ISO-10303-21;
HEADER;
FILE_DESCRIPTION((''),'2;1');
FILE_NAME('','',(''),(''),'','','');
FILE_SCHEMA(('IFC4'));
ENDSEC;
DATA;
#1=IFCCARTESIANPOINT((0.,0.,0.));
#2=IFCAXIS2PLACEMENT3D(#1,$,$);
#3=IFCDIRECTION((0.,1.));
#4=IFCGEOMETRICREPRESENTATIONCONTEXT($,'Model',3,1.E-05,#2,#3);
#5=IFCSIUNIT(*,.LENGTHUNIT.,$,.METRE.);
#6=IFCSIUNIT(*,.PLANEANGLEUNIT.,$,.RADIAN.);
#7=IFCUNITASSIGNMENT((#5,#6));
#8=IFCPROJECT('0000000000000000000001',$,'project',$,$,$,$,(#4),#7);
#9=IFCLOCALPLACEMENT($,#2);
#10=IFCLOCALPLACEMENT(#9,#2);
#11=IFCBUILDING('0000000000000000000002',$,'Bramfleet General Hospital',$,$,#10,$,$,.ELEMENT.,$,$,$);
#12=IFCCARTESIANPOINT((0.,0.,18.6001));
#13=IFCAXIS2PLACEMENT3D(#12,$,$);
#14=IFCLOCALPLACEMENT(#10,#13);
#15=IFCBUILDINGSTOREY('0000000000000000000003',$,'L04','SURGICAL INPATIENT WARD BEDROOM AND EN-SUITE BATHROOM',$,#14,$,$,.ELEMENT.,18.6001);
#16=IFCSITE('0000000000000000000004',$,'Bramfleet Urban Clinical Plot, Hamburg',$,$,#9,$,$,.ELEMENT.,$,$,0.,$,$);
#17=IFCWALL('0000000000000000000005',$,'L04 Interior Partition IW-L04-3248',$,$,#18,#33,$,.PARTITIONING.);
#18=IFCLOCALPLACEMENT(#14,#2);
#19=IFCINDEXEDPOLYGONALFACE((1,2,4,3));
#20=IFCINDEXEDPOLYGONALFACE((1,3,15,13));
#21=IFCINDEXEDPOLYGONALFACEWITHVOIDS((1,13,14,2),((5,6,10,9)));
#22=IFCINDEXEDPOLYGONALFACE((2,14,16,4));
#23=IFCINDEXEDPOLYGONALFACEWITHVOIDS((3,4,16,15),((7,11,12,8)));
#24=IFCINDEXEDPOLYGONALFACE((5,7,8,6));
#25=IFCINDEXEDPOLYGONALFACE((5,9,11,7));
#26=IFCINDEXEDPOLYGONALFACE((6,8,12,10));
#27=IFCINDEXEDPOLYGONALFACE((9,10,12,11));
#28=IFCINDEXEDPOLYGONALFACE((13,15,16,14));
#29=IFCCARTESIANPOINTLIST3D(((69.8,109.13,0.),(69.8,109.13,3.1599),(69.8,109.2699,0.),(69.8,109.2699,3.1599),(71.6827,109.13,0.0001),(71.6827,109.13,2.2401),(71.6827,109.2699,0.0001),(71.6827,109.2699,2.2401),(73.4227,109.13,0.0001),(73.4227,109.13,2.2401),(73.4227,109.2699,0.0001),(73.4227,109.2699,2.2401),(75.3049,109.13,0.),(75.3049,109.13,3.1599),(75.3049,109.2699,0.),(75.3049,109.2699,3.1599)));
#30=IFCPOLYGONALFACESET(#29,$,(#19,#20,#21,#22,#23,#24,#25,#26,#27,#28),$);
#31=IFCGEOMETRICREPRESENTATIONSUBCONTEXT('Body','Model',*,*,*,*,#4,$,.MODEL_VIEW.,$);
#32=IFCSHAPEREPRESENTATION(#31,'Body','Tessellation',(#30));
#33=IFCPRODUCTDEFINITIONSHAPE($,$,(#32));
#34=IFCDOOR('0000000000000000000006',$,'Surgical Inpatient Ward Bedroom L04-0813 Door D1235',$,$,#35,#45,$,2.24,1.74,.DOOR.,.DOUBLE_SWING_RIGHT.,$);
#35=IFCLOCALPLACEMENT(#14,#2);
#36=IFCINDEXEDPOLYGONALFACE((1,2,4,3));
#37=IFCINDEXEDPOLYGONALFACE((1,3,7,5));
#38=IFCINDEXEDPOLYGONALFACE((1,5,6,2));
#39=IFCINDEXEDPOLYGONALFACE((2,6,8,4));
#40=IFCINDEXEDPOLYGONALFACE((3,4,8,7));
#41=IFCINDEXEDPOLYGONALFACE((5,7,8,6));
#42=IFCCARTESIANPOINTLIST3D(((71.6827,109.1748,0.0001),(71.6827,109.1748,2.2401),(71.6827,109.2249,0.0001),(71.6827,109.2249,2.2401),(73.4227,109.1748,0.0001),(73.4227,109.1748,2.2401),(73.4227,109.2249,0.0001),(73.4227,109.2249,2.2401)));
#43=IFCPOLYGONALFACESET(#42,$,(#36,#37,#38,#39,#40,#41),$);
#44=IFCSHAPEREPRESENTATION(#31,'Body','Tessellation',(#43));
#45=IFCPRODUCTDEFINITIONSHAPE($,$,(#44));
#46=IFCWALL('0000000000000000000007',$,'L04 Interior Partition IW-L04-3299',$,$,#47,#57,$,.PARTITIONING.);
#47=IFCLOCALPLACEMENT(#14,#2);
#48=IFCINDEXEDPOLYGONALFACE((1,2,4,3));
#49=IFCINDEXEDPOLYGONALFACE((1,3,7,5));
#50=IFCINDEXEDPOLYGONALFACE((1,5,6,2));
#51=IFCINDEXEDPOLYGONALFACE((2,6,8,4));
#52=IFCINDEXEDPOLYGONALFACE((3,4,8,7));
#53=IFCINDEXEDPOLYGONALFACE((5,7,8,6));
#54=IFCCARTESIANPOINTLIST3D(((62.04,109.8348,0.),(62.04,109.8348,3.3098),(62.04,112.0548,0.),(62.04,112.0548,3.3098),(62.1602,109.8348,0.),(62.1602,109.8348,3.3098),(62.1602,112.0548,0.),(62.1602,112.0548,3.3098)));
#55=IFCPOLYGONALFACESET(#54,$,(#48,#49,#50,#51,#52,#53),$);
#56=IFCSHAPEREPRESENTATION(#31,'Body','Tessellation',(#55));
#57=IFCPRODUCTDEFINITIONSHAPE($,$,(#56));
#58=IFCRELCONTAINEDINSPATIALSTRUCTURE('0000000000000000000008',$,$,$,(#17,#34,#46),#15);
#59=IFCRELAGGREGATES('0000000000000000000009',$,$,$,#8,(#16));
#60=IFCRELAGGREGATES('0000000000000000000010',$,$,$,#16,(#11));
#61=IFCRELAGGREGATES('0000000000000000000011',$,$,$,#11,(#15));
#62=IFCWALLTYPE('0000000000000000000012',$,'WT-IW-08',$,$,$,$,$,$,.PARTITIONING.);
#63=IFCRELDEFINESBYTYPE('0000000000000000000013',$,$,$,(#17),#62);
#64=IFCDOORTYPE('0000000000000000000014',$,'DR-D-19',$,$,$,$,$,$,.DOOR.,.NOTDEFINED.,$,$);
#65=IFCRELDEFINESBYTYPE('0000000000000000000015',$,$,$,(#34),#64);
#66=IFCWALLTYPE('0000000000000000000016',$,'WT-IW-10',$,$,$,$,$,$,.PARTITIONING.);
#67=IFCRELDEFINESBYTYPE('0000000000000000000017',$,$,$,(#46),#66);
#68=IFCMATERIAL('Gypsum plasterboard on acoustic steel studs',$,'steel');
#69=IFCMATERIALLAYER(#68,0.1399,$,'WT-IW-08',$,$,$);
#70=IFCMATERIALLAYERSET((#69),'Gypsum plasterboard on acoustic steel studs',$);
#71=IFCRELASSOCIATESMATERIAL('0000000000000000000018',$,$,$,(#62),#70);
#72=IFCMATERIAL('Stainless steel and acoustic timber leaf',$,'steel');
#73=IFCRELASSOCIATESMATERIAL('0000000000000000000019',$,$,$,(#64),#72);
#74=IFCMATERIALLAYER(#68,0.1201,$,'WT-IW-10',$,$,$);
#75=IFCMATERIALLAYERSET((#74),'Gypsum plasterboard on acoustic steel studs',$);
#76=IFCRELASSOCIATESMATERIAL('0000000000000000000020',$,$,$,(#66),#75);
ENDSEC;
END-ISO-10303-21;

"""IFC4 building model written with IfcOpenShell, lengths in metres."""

from ifc_helpers import new_model, si_unit, direction, frame, frame_2d, origin, place, context, subcontext, project, spatial, rectangle, extrude, material, layer, layer_set, type_object, element, fill, save


model = new_model("IFC4")

# Units and contexts
model_context = context("Model", 3, precision=1e-05, world=origin(), true_north=direction((0.0, 1.0)))
body_context = subcontext(model_context, "Body", "Model", "MODEL_VIEW")
ifc_project = project(units=[si_unit("LENGTHUNIT", "METRE"), si_unit("PLANEANGLEUNIT", "RADIAN")], contexts=[model_context])

# Site, building, storey
site_placement = place(None, origin())
site = spatial("IfcSite", under=ifc_project, at=site_placement, Name="Bramfleet Urban Clinical Plot, Hamburg", CompositionType="ELEMENT", RefElevation=0.0)
building_placement = place(site_placement, origin())
building = spatial("IfcBuilding", under=site, at=building_placement, Name="Bramfleet General Hospital", CompositionType="ELEMENT")
storey_placement = place(building_placement, frame((0.0, 0.0, 18.6001)))
storey = spatial("IfcBuildingStorey", under=building, at=storey_placement, Name="L04", Description="SURGICAL INPATIENT WARD BEDROOM AND EN-SUITE BATHROOM", CompositionType="ELEMENT", Elevation=18.6001)

# Shared definitions
ifc_material_1 = material(Name="Gypsum plasterboard on acoustic steel studs", Category="steel")

# Wall, opening, door
ifc_layer_1 = layer(ifc_material_1, 0.1399, Name="WT-IW-08")
ifc_layer_set_1 = layer_set([ifc_layer_1], Name="Gypsum plasterboard on acoustic steel studs")
wall_type_1 = type_object("IfcWallType", Name="WT-IW-08", PredefinedType="PARTITIONING", material=ifc_layer_set_1)
wall_1_placement = place(storey_placement, frame((69.8, 109.2, 0.0), z_axis=(0.0, 0.0, 1.0), x_axis=(1.0, 0.0, 0.0)))
wall_1 = element("IfcWall", 1, at=wall_1_placement, inside=storey, type_object=wall_type_1, Name="L04 Interior Partition IW-L04-3248", PredefinedType="PARTITIONING", context=body_context, shape_type="SweptSolid", body=[
    extrude(rectangle(XDim=5.5049, YDim=0.1399, at=frame_2d((2.7524, 0.0))), origin(), (0.0, 0.0, 1.0), 3.1599),
])
opening_1_placement = place(wall_1_placement, frame((1.8826, 0.0, 0.0)))
opening_1 = element("IfcOpeningElement", 2, at=opening_1_placement, cuts=wall_1, PredefinedType="OPENING", context=body_context, shape_type="SweptSolid", body=[
    extrude(rectangle(XDim=1.74, YDim=2.24, at=frame_2d((0.8701, 1.1201))), frame((0.0, 0.0798, 0.0), z_axis=(0.0, -1.0, 0.0), x_axis=(1.0, 0.0, 0.0)), (0.0, 0.0, 1.0), 0.1599),
])
ifc_material_2 = material(Name="Stainless steel and acoustic timber leaf", Category="steel")
door_type = type_object("IfcDoorType", Name="DR-D-19", OperationType="NOTDEFINED", PredefinedType="DOOR", material=ifc_material_2)
door_placement = place(opening_1_placement, origin())
door = element("IfcDoor", 3, at=door_placement, inside=storey, type_object=door_type, Name="Surgical Inpatient Ward Bedroom L04-0813 Door D1235", OperationType="DOUBLE_SWING_RIGHT", OverallHeight=2.24, OverallWidth=1.74, PredefinedType="DOOR", context=body_context, shape_type="SweptSolid", body=[
    extrude(rectangle(XDim=1.74, YDim=2.24, at=frame_2d((0.8701, 1.1201))), frame((0.0, 0.0249, 0.0), z_axis=(0.0, -1.0, 0.0), x_axis=(1.0, 0.0, 0.0)), (0.0, 0.0, 1.0), 0.05),
])
fill(opening_1, door)

# Wall
ifc_layer_2 = layer(ifc_material_1, 0.1201, Name="WT-IW-10")
ifc_layer_set_2 = layer_set([ifc_layer_2], Name="Gypsum plasterboard on acoustic steel studs")
wall_type_2 = type_object("IfcWallType", Name="WT-IW-10", PredefinedType="PARTITIONING", material=ifc_layer_set_2)
wall_2_placement = place(storey_placement, frame((62.1001, 109.835, 0.0), z_axis=(0.0, 0.0, 1.0), x_axis=(0.0, 1.0, 0.0)))
element("IfcWall", 4, at=wall_2_placement, inside=storey, type_object=wall_type_2, Name="L04 Interior Partition IW-L04-3299", PredefinedType="PARTITIONING", context=body_context, shape_type="SweptSolid", body=[
    extrude(rectangle(XDim=2.22, YDim=0.1201, at=frame_2d((1.1099, 0.0))), origin(), (0.0, 0.0, 1.0), 3.3098),
])

save(model, "model.ifc")
